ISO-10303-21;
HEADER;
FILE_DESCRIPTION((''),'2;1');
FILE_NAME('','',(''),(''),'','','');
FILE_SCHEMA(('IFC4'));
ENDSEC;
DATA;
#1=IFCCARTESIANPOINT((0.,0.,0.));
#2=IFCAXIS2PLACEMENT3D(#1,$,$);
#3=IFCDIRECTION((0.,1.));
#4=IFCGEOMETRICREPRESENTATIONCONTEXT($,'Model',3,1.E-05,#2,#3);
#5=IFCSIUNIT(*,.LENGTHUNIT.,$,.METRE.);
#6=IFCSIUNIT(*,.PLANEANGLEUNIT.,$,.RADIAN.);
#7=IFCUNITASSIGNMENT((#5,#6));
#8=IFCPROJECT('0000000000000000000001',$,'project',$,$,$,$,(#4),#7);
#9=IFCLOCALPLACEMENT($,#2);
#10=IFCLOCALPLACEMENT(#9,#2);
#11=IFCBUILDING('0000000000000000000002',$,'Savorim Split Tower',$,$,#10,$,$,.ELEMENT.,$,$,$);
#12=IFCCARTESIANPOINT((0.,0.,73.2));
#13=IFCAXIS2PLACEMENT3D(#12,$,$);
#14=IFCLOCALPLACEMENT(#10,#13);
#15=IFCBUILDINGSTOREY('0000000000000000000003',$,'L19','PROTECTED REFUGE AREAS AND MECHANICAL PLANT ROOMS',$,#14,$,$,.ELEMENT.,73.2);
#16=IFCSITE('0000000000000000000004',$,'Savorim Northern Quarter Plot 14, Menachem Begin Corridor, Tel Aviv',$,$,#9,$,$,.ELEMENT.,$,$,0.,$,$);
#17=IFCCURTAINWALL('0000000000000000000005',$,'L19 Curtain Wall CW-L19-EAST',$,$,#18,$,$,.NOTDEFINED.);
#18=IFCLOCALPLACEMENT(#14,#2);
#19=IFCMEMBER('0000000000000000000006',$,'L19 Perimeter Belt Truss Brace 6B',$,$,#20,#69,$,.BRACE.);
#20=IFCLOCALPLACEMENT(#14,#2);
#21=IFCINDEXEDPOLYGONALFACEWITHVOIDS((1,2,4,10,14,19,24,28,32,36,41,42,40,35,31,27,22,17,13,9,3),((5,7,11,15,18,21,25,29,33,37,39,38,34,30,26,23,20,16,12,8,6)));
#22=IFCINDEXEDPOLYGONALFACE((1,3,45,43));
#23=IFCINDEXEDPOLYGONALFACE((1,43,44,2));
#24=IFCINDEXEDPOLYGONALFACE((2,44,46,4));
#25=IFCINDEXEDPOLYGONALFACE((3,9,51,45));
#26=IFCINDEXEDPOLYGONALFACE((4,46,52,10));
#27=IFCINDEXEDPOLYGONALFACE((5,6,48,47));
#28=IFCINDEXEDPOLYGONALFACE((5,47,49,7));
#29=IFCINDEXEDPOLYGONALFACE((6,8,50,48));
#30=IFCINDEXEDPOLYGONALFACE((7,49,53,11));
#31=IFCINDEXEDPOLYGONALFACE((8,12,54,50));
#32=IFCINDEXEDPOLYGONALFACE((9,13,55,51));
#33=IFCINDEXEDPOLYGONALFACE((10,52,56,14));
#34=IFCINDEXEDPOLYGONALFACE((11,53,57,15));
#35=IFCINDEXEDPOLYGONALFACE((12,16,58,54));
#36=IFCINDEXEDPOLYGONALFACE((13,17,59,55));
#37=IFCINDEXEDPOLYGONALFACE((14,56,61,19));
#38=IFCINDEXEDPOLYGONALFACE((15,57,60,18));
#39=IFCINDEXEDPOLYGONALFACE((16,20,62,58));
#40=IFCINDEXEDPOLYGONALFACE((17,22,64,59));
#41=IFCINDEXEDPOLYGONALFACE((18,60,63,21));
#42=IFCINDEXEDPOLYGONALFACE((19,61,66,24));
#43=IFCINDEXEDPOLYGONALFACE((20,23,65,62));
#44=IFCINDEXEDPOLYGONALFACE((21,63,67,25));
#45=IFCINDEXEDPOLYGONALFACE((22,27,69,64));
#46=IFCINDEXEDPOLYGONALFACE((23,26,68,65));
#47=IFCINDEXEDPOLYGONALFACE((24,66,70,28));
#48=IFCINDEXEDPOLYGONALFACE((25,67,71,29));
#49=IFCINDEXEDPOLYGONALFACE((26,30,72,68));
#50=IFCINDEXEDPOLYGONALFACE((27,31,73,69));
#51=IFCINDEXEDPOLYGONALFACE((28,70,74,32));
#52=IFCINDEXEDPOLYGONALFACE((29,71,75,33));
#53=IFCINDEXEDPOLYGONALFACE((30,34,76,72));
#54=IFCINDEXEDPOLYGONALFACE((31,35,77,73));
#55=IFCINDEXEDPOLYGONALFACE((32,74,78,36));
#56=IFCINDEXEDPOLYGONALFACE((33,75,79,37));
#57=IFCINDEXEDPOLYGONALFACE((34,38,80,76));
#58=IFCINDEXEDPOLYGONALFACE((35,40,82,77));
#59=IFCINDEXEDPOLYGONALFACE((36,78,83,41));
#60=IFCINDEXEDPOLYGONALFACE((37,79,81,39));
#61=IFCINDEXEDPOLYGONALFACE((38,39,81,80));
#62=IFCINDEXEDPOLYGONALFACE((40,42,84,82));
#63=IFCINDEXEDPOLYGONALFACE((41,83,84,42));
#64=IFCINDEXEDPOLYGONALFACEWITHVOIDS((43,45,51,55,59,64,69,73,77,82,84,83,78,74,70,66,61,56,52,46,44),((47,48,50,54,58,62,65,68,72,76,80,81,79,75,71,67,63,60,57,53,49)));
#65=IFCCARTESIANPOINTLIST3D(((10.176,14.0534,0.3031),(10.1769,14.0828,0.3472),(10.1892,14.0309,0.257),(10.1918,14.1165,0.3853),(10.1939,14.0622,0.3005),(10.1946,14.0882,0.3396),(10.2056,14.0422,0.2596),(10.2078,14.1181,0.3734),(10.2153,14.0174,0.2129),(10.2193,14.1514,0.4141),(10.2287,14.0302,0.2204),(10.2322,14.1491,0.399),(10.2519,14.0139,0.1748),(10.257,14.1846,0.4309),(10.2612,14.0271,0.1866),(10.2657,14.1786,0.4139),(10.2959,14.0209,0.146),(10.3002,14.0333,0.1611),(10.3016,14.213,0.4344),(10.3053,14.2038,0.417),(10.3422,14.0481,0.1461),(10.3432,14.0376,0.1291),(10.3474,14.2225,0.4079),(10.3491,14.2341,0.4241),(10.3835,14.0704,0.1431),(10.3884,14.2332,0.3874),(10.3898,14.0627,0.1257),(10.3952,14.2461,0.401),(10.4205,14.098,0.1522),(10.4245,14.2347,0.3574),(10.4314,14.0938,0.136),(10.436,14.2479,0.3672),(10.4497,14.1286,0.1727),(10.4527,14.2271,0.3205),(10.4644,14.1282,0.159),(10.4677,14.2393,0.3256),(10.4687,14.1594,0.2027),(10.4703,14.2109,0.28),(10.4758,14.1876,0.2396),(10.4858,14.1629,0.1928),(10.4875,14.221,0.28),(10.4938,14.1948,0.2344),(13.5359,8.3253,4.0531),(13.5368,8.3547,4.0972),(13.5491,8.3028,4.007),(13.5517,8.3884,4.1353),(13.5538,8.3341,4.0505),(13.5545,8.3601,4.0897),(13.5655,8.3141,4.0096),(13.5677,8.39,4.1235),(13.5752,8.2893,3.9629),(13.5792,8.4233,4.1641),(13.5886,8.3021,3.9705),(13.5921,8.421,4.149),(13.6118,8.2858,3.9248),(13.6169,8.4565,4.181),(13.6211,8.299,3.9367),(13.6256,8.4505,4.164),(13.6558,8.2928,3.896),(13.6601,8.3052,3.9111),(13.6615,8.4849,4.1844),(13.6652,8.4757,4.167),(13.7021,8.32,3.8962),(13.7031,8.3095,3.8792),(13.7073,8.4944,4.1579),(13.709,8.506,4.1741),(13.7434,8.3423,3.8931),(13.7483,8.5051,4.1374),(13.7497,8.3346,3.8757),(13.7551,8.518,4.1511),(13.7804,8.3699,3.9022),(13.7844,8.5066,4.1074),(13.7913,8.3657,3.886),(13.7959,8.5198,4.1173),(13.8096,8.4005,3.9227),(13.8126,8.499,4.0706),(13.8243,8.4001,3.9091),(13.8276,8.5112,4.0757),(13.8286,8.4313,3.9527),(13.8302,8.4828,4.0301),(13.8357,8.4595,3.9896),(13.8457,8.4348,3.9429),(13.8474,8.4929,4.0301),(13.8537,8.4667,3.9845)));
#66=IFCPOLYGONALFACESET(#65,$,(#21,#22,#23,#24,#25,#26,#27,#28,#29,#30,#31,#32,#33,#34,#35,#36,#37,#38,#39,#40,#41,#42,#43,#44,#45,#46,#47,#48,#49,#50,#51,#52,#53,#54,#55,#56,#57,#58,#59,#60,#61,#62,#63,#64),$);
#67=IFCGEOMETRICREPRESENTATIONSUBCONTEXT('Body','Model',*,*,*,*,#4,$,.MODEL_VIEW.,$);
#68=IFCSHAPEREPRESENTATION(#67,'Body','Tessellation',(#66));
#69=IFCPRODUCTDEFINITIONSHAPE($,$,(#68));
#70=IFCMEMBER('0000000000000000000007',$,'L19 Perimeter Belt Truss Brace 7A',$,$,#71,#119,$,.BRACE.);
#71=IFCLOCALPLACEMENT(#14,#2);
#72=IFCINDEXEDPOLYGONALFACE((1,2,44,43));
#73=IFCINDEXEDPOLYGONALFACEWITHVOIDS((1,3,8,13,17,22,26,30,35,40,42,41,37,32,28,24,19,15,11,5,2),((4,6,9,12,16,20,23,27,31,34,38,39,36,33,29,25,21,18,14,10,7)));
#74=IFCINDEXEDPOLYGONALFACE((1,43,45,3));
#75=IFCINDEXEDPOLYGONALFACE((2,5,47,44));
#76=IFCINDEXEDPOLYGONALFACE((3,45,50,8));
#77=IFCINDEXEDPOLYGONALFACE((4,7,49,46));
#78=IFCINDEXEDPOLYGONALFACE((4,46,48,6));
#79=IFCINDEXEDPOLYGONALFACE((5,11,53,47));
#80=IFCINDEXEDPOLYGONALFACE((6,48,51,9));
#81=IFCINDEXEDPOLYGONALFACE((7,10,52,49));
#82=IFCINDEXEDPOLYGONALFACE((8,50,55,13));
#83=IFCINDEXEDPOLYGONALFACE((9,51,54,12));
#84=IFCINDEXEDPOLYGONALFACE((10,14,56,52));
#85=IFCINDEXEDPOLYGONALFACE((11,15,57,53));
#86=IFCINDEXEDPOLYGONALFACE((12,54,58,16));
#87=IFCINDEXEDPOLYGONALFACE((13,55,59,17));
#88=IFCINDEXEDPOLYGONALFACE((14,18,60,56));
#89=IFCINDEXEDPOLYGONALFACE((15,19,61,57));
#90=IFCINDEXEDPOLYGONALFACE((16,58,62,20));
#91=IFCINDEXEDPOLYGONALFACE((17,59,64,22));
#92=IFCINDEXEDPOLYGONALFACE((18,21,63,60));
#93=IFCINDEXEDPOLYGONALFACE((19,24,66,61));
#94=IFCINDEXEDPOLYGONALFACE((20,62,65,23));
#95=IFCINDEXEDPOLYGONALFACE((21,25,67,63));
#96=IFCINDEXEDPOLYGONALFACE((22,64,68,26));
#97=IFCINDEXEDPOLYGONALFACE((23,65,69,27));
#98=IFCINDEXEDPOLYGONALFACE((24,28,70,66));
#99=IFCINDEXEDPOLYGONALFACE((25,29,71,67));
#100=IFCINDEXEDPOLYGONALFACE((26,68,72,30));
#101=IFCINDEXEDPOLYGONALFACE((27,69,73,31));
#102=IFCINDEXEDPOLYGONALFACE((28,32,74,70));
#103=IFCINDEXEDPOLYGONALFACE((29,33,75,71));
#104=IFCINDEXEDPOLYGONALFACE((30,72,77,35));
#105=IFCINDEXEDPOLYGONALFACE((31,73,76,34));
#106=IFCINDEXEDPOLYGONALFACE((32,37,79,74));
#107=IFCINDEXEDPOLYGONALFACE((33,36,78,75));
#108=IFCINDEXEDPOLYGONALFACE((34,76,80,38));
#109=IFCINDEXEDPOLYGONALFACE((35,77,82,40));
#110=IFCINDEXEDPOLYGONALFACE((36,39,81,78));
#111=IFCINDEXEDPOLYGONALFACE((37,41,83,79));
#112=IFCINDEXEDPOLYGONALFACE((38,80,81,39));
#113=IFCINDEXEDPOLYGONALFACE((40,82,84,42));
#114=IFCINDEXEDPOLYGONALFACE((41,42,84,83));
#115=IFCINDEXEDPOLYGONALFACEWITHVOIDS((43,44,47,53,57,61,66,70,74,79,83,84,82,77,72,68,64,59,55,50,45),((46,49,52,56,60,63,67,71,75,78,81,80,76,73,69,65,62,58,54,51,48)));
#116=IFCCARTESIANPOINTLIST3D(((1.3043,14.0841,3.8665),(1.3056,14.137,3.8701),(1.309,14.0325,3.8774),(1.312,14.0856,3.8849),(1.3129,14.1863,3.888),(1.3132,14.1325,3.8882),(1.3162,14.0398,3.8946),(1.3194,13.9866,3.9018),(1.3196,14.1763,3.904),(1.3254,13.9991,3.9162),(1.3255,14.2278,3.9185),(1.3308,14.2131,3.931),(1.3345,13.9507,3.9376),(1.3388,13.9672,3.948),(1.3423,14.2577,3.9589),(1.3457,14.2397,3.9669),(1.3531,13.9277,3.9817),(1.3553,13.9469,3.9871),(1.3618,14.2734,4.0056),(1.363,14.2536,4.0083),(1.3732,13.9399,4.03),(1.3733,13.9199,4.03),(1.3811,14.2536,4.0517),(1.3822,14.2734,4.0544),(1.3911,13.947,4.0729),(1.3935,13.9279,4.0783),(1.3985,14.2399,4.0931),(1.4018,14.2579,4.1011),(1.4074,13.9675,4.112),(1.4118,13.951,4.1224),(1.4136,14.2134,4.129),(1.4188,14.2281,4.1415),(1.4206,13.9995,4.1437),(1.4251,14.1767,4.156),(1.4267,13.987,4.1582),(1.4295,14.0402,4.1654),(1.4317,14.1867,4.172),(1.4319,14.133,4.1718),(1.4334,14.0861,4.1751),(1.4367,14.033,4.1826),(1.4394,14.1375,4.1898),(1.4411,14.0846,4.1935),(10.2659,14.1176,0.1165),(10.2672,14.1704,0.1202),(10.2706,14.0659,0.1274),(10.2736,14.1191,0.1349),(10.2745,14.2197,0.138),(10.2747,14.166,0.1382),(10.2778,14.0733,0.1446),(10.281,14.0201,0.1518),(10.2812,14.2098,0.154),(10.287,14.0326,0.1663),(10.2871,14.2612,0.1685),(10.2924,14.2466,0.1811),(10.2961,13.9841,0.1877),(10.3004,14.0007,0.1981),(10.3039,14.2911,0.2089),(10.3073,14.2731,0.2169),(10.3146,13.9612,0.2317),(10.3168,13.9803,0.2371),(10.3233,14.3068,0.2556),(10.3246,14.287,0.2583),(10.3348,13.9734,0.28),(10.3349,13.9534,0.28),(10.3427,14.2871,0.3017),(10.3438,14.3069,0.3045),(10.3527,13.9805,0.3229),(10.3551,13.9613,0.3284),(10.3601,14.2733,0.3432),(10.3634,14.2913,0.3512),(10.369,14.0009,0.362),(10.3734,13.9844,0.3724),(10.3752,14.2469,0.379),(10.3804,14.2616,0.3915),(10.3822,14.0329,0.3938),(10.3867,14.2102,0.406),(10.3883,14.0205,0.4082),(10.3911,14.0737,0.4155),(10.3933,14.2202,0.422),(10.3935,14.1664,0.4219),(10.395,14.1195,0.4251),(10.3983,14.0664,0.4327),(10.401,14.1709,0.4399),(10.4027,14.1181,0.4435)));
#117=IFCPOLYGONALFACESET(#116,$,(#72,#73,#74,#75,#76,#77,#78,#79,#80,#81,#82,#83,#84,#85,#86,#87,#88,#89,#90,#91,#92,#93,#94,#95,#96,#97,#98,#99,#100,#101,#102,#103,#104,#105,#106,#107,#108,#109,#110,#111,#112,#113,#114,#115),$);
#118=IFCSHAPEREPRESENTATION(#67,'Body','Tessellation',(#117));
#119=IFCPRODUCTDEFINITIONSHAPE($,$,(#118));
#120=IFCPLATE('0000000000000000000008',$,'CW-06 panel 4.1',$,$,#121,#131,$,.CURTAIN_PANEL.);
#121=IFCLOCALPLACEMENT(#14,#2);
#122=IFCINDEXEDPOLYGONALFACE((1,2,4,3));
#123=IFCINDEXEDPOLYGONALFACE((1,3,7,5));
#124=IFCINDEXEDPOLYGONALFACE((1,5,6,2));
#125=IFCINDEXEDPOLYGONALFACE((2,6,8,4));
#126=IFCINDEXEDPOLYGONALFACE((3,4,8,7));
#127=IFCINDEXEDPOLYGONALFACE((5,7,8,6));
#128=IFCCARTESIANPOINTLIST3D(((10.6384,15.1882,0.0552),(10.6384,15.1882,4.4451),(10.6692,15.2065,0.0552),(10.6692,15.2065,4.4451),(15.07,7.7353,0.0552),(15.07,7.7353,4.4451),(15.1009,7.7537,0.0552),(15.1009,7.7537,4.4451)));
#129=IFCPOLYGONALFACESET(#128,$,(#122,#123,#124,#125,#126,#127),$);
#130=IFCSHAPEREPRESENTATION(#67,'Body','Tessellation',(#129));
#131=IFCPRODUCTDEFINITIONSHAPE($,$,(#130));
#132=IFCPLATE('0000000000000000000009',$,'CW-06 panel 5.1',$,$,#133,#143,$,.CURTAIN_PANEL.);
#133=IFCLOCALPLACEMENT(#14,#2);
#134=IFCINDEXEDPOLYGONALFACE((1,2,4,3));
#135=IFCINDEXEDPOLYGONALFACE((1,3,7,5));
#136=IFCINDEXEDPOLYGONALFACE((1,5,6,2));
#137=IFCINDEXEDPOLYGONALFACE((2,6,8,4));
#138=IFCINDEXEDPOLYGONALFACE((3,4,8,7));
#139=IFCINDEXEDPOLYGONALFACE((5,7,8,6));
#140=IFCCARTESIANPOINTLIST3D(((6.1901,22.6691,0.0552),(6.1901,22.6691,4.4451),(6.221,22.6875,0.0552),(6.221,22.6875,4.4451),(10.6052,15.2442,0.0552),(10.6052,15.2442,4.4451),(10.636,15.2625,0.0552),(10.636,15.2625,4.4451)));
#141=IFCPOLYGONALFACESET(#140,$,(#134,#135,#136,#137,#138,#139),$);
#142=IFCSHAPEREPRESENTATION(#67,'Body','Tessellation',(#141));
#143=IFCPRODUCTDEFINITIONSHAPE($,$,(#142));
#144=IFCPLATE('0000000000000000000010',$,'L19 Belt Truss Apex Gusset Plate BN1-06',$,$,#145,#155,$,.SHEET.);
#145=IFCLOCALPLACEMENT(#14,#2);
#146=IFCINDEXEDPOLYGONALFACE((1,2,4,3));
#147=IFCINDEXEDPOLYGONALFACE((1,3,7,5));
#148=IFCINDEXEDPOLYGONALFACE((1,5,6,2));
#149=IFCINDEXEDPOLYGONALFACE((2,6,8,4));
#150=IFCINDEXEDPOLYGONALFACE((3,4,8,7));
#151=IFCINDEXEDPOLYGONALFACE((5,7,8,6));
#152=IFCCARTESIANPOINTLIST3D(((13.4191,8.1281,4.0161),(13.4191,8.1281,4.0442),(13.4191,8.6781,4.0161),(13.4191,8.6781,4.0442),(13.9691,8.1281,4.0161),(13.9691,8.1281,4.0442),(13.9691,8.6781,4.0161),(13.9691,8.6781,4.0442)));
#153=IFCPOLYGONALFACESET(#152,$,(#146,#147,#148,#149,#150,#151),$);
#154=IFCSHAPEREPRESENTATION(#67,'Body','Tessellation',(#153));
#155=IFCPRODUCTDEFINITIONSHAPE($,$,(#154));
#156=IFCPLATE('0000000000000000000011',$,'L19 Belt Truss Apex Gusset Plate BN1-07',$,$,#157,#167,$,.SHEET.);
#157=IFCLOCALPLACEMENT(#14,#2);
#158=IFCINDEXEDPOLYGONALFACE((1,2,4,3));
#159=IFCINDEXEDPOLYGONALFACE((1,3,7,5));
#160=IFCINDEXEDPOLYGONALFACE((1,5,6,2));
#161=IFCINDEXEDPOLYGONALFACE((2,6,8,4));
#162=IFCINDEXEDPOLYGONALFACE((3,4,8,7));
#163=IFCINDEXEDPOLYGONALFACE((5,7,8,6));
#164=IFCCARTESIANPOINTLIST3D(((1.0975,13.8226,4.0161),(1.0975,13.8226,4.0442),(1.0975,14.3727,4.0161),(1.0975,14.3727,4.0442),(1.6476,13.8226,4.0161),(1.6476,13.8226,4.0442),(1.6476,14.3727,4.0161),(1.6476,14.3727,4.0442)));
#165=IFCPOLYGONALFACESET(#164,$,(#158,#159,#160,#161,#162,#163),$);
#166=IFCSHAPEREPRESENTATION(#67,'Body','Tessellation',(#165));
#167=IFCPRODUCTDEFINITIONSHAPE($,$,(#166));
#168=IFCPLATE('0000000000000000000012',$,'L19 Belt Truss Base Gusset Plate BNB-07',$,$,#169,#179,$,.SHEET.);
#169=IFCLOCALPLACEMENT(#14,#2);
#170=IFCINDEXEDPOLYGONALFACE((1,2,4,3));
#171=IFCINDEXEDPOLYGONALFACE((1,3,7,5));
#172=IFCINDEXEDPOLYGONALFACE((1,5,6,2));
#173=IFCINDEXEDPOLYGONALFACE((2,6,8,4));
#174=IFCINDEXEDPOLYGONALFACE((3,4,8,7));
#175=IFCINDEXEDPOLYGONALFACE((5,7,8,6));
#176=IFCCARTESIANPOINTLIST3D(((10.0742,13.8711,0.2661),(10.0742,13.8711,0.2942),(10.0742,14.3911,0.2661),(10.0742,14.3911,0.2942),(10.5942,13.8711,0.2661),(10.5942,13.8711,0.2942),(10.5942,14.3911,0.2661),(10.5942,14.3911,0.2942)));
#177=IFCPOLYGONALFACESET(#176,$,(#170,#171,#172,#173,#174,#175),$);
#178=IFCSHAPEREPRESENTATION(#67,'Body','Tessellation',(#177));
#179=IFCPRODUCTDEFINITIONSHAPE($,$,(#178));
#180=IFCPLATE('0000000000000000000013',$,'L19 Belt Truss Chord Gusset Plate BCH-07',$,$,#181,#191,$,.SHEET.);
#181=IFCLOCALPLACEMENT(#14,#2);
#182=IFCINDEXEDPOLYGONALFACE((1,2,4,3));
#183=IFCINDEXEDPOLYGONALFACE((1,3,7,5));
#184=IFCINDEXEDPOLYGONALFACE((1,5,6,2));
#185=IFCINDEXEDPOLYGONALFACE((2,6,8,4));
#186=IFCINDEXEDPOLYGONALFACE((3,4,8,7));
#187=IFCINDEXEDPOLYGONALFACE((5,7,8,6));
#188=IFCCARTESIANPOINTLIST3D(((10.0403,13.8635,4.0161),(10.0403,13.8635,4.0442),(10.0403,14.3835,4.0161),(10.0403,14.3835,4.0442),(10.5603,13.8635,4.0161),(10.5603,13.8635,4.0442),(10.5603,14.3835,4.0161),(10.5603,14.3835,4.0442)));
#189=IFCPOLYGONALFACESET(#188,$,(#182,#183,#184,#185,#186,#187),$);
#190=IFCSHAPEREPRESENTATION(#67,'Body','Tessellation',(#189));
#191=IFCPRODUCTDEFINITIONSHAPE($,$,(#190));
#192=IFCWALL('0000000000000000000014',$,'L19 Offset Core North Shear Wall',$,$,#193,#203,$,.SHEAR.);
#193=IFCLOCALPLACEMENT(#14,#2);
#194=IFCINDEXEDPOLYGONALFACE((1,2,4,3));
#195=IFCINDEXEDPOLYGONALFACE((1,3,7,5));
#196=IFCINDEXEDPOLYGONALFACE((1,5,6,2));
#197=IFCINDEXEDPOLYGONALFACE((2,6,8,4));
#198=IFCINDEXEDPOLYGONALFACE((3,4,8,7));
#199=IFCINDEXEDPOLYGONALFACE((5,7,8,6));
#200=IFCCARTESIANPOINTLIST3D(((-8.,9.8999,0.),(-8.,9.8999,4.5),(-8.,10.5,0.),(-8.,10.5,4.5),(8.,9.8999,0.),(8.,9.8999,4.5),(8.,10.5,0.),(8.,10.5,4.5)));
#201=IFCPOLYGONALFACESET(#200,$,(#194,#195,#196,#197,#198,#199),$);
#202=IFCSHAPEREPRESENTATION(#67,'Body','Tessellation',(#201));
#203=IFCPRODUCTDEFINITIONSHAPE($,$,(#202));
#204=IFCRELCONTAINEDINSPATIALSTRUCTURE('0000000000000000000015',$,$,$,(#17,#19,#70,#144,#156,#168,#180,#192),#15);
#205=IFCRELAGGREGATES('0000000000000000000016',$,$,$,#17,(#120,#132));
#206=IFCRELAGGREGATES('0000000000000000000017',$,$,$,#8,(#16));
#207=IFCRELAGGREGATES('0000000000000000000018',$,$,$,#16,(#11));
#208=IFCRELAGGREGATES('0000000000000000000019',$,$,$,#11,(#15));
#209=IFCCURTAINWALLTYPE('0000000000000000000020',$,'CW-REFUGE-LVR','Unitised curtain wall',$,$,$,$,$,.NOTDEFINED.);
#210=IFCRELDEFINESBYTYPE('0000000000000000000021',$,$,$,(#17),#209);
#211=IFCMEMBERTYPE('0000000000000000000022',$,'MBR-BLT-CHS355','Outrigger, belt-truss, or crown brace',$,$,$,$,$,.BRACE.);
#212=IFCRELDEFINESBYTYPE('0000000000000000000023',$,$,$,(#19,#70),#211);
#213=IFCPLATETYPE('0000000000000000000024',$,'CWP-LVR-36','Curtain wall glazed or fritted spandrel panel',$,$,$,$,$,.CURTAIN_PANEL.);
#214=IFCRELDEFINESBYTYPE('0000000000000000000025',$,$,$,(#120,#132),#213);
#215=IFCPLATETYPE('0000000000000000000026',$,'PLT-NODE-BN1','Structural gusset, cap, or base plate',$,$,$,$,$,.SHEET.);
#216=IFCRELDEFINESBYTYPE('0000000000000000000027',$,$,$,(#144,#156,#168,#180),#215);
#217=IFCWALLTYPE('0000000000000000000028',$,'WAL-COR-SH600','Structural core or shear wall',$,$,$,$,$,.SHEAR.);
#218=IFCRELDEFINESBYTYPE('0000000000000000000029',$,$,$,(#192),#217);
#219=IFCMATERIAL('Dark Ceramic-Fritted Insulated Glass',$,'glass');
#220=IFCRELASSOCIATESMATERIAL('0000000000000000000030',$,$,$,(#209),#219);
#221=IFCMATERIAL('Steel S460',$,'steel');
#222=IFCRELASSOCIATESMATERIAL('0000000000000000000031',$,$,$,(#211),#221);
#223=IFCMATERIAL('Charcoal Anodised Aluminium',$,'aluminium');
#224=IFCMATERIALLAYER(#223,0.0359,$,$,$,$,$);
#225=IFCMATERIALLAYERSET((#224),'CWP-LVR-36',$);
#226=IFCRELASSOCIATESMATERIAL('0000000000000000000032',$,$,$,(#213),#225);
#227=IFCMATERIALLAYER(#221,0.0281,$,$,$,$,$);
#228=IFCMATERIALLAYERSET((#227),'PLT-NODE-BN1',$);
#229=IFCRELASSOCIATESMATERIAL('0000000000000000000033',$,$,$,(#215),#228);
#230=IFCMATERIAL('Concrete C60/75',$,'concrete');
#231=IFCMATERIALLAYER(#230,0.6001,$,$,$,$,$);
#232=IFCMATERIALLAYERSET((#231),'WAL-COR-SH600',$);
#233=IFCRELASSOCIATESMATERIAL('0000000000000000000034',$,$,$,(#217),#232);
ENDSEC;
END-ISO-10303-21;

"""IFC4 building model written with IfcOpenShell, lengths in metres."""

from ifc_helpers import new_model, si_unit, direction, frame, frame_2d, origin, origin_2d, place, context, subcontext, project, spatial, rectangle, hollow_circle, extrude, material, layer, layer_set, material_profile, profile_set, type_object, element, aggregate, save


model = new_model("IFC4")

# Units and contexts
model_context = context("Model", 3, precision=1e-05, world=origin(), true_north=direction((0.0, 1.0)))
body_context = subcontext(model_context, "Body", "Model", "MODEL_VIEW")
ifc_project = project(units=[si_unit("LENGTHUNIT", "METRE"), si_unit("PLANEANGLEUNIT", "RADIAN")], contexts=[model_context])

# Site, building, storey
site_placement = place(None, origin())
site = spatial("IfcSite", under=ifc_project, at=site_placement, Name="Savorim Northern Quarter Plot 14, Menachem Begin Corridor, Tel Aviv", CompositionType="ELEMENT", RefElevation=0.0)
building_placement = place(site_placement, origin())
building = spatial("IfcBuilding", under=site, at=building_placement, Name="Savorim Split Tower", CompositionType="ELEMENT")
storey_placement = place(building_placement, frame((0.0, 0.0, 73.2)))
storey = spatial("IfcBuildingStorey", under=building, at=storey_placement, Name="L19", Description="PROTECTED REFUGE AREAS AND MECHANICAL PLANT ROOMS", CompositionType="ELEMENT", Elevation=73.2)

# Shared definitions
ifc_material_1 = material(Name="Steel S460", Category="steel")

# Curtain wall
ifc_material_2 = material(Name="Dark Ceramic-Fritted Insulated Glass", Category="glass")
curtain_wall_type = type_object("IfcCurtainWallType", Name="CW-REFUGE-LVR", Description="Unitised curtain wall", PredefinedType="NOTDEFINED", material=ifc_material_2)
curtain_wall_placement = place(storey_placement, origin())
curtain_wall = element("IfcCurtainWall", 1, at=curtain_wall_placement, inside=storey, type_object=curtain_wall_type, Name="L19 Curtain Wall CW-L19-EAST", PredefinedType="NOTDEFINED")
ifc_material_3 = material(Name="Charcoal Anodised Aluminium", Category="aluminium")

# Members
ifc_material_profile_1 = material_profile(ifc_material_1, hollow_circle(Radius=0.1777, WallThickness=0.02, at=origin_2d()), Name="CHS 355.6x20")
ifc_profile_set_1 = profile_set([ifc_material_profile_1], Name="Steel S460")
member_type_1 = type_object("IfcMemberType", Name="MBR-BLT-CHS355", Description="Outrigger, belt-truss, or crown brace", PredefinedType="BRACE", material=ifc_profile_set_1)
member_1_placement = place(storey_placement, frame((10.3342, 14.1311, 0.28), z_axis=(0.440559, -0.751082, 0.491715), x_axis=(0.862563, 0.50595, 0.0)))
element("IfcMember", 2, at=member_1_placement, inside=storey, type_object=member_type_1, Name="L19 Perimeter Belt Truss Brace 6B", PredefinedType="BRACE", context=body_context, shape_type="SweptSolid", body=[
    extrude(hollow_circle(Radius=0.1777, WallThickness=0.02, at=origin_2d()), origin(), (0.0, 0.0, 1.0), 7.6265),
])
member_2_placement = place(storey_placement, frame((10.3342, 14.1311, 0.28), z_axis=(-0.922487, -0.003443, 0.386013), x_axis=(0.003732, -0.999993, 0.0)))
element("IfcMember", 3, at=member_2_placement, inside=storey, type_object=member_type_1, Name="L19 Perimeter Belt Truss Brace 7A", PredefinedType="BRACE", context=body_context, shape_type="SweptSolid", body=[
    extrude(hollow_circle(Radius=0.1777, WallThickness=0.02, at=origin_2d()), origin(), (0.0, 0.0, 1.0), 9.7146),
])

# Plates
ifc_layer_1 = layer(ifc_material_3, 0.0359)
ifc_layer_set_1 = layer_set([ifc_layer_1], Name="CWP-LVR-36")
plate_type_1 = type_object("IfcPlateType", Name="CWP-LVR-36", Description="Curtain wall glazed or fritted spandrel panel", PredefinedType="CURTAIN_PANEL", material=ifc_layer_set_1)
plate_1_placement = place(storey_placement, frame((12.8696, 11.4709, 0.0552), z_axis=(0.0, 0.0, 1.0), x_axis=(-0.511093, 0.859525, 0.0)))
plate_1 = element("IfcPlate", 4, at=plate_1_placement, type_object=plate_type_1, Name="CW-06 panel 4.1", PredefinedType="CURTAIN_PANEL", context=body_context, shape_type="SweptSolid", body=[
    extrude(rectangle(XDim=8.6709, YDim=0.0359, at=origin_2d()), origin(), (0.0, 0.0, 1.0), 4.3899),
])
plate_2_placement = place(storey_placement, frame((8.4131, 18.9658, 0.0552), z_axis=(0.0, 0.0, 1.0), x_axis=(-0.511093, 0.859525, 0.0)))
plate_2 = element("IfcPlate", 5, at=plate_2_placement, type_object=plate_type_1, Name="CW-06 panel 5.1", PredefinedType="CURTAIN_PANEL", context=body_context, shape_type="SweptSolid", body=[
    extrude(rectangle(XDim=8.6384, YDim=0.0359, at=origin_2d()), origin(), (0.0, 0.0, 1.0), 4.3899),
])
aggregate(curtain_wall, [plate_1, plate_2])

# Plates
ifc_layer_2 = layer(ifc_material_1, 0.0281)
ifc_layer_set_2 = layer_set([ifc_layer_2], Name="PLT-NODE-BN1")
plate_type_2 = type_object("IfcPlateType", Name="PLT-NODE-BN1", Description="Structural gusset, cap, or base plate", PredefinedType="SHEET", material=ifc_layer_set_2)
for number, where, z_axis, x_axis, name in (
    (6, (13.6941, 8.4031, 4.0161), (0.0, 0.0, 1.0), (1.0, 0.0, 0.0), "L19 Belt Truss Apex Gusset Plate BN1-06"),
    (7, (1.3726, 14.0977, 4.0161), (0.0, 0.0, 1.0), (1.0, 0.0, 0.0), "L19 Belt Truss Apex Gusset Plate BN1-07"),
):
    element("IfcPlate", number, at=place(storey_placement, frame(where, z_axis=z_axis, x_axis=x_axis)), inside=storey, type_object=plate_type_2, Name=name, PredefinedType="SHEET", context=body_context, shape_type="SweptSolid", body=[
        extrude(rectangle(XDim=0.55, YDim=0.55, at=origin_2d()), origin(), (0.0, 0.0, 1.0), 0.0281),
    ])
for number, where, z_axis, x_axis, name in (
    (8, (10.3342, 14.1311, 0.2661), (0.0, 0.0, 1.0), (1.0, 0.0, 0.0), "L19 Belt Truss Base Gusset Plate BNB-07"),
    (9, (10.3003, 14.1235, 4.0161), (0.0, 0.0, 1.0), (1.0, 0.0, 0.0), "L19 Belt Truss Chord Gusset Plate BCH-07"),
):
    element("IfcPlate", number, at=place(storey_placement, frame(where, z_axis=z_axis, x_axis=x_axis)), inside=storey, type_object=plate_type_2, Name=name, PredefinedType="SHEET", context=body_context, shape_type="SweptSolid", body=[
        extrude(rectangle(XDim=0.52, YDim=0.52, at=origin_2d()), origin(), (0.0, 0.0, 1.0), 0.0281),
    ])

# Wall
ifc_material_4 = material(Name="Concrete C60/75", Category="concrete")
ifc_layer_3 = layer(ifc_material_4, 0.6001)
ifc_layer_set_3 = layer_set([ifc_layer_3], Name="WAL-COR-SH600")
wall_type_1 = type_object("IfcWallType", Name="WAL-COR-SH600", Description="Structural core or shear wall", PredefinedType="SHEAR", material=ifc_layer_set_3)
wall_1_placement = place(storey_placement, frame((8.0, 10.2, 0.0), z_axis=(0.0, 0.0, 1.0), x_axis=(-1.0, 0.0, 0.0)))
element("IfcWall", 10, at=wall_1_placement, inside=storey, type_object=wall_type_1, Name="L19 Offset Core North Shear Wall", PredefinedType="SHEAR", context=body_context, shape_type="SweptSolid", body=[
    extrude(rectangle(XDim=16.0, YDim=0.6001, at=frame_2d((8.0, 0.0))), origin(), (0.0, 0.0, 1.0), 4.5),
])

save(model, "model.ifc")
